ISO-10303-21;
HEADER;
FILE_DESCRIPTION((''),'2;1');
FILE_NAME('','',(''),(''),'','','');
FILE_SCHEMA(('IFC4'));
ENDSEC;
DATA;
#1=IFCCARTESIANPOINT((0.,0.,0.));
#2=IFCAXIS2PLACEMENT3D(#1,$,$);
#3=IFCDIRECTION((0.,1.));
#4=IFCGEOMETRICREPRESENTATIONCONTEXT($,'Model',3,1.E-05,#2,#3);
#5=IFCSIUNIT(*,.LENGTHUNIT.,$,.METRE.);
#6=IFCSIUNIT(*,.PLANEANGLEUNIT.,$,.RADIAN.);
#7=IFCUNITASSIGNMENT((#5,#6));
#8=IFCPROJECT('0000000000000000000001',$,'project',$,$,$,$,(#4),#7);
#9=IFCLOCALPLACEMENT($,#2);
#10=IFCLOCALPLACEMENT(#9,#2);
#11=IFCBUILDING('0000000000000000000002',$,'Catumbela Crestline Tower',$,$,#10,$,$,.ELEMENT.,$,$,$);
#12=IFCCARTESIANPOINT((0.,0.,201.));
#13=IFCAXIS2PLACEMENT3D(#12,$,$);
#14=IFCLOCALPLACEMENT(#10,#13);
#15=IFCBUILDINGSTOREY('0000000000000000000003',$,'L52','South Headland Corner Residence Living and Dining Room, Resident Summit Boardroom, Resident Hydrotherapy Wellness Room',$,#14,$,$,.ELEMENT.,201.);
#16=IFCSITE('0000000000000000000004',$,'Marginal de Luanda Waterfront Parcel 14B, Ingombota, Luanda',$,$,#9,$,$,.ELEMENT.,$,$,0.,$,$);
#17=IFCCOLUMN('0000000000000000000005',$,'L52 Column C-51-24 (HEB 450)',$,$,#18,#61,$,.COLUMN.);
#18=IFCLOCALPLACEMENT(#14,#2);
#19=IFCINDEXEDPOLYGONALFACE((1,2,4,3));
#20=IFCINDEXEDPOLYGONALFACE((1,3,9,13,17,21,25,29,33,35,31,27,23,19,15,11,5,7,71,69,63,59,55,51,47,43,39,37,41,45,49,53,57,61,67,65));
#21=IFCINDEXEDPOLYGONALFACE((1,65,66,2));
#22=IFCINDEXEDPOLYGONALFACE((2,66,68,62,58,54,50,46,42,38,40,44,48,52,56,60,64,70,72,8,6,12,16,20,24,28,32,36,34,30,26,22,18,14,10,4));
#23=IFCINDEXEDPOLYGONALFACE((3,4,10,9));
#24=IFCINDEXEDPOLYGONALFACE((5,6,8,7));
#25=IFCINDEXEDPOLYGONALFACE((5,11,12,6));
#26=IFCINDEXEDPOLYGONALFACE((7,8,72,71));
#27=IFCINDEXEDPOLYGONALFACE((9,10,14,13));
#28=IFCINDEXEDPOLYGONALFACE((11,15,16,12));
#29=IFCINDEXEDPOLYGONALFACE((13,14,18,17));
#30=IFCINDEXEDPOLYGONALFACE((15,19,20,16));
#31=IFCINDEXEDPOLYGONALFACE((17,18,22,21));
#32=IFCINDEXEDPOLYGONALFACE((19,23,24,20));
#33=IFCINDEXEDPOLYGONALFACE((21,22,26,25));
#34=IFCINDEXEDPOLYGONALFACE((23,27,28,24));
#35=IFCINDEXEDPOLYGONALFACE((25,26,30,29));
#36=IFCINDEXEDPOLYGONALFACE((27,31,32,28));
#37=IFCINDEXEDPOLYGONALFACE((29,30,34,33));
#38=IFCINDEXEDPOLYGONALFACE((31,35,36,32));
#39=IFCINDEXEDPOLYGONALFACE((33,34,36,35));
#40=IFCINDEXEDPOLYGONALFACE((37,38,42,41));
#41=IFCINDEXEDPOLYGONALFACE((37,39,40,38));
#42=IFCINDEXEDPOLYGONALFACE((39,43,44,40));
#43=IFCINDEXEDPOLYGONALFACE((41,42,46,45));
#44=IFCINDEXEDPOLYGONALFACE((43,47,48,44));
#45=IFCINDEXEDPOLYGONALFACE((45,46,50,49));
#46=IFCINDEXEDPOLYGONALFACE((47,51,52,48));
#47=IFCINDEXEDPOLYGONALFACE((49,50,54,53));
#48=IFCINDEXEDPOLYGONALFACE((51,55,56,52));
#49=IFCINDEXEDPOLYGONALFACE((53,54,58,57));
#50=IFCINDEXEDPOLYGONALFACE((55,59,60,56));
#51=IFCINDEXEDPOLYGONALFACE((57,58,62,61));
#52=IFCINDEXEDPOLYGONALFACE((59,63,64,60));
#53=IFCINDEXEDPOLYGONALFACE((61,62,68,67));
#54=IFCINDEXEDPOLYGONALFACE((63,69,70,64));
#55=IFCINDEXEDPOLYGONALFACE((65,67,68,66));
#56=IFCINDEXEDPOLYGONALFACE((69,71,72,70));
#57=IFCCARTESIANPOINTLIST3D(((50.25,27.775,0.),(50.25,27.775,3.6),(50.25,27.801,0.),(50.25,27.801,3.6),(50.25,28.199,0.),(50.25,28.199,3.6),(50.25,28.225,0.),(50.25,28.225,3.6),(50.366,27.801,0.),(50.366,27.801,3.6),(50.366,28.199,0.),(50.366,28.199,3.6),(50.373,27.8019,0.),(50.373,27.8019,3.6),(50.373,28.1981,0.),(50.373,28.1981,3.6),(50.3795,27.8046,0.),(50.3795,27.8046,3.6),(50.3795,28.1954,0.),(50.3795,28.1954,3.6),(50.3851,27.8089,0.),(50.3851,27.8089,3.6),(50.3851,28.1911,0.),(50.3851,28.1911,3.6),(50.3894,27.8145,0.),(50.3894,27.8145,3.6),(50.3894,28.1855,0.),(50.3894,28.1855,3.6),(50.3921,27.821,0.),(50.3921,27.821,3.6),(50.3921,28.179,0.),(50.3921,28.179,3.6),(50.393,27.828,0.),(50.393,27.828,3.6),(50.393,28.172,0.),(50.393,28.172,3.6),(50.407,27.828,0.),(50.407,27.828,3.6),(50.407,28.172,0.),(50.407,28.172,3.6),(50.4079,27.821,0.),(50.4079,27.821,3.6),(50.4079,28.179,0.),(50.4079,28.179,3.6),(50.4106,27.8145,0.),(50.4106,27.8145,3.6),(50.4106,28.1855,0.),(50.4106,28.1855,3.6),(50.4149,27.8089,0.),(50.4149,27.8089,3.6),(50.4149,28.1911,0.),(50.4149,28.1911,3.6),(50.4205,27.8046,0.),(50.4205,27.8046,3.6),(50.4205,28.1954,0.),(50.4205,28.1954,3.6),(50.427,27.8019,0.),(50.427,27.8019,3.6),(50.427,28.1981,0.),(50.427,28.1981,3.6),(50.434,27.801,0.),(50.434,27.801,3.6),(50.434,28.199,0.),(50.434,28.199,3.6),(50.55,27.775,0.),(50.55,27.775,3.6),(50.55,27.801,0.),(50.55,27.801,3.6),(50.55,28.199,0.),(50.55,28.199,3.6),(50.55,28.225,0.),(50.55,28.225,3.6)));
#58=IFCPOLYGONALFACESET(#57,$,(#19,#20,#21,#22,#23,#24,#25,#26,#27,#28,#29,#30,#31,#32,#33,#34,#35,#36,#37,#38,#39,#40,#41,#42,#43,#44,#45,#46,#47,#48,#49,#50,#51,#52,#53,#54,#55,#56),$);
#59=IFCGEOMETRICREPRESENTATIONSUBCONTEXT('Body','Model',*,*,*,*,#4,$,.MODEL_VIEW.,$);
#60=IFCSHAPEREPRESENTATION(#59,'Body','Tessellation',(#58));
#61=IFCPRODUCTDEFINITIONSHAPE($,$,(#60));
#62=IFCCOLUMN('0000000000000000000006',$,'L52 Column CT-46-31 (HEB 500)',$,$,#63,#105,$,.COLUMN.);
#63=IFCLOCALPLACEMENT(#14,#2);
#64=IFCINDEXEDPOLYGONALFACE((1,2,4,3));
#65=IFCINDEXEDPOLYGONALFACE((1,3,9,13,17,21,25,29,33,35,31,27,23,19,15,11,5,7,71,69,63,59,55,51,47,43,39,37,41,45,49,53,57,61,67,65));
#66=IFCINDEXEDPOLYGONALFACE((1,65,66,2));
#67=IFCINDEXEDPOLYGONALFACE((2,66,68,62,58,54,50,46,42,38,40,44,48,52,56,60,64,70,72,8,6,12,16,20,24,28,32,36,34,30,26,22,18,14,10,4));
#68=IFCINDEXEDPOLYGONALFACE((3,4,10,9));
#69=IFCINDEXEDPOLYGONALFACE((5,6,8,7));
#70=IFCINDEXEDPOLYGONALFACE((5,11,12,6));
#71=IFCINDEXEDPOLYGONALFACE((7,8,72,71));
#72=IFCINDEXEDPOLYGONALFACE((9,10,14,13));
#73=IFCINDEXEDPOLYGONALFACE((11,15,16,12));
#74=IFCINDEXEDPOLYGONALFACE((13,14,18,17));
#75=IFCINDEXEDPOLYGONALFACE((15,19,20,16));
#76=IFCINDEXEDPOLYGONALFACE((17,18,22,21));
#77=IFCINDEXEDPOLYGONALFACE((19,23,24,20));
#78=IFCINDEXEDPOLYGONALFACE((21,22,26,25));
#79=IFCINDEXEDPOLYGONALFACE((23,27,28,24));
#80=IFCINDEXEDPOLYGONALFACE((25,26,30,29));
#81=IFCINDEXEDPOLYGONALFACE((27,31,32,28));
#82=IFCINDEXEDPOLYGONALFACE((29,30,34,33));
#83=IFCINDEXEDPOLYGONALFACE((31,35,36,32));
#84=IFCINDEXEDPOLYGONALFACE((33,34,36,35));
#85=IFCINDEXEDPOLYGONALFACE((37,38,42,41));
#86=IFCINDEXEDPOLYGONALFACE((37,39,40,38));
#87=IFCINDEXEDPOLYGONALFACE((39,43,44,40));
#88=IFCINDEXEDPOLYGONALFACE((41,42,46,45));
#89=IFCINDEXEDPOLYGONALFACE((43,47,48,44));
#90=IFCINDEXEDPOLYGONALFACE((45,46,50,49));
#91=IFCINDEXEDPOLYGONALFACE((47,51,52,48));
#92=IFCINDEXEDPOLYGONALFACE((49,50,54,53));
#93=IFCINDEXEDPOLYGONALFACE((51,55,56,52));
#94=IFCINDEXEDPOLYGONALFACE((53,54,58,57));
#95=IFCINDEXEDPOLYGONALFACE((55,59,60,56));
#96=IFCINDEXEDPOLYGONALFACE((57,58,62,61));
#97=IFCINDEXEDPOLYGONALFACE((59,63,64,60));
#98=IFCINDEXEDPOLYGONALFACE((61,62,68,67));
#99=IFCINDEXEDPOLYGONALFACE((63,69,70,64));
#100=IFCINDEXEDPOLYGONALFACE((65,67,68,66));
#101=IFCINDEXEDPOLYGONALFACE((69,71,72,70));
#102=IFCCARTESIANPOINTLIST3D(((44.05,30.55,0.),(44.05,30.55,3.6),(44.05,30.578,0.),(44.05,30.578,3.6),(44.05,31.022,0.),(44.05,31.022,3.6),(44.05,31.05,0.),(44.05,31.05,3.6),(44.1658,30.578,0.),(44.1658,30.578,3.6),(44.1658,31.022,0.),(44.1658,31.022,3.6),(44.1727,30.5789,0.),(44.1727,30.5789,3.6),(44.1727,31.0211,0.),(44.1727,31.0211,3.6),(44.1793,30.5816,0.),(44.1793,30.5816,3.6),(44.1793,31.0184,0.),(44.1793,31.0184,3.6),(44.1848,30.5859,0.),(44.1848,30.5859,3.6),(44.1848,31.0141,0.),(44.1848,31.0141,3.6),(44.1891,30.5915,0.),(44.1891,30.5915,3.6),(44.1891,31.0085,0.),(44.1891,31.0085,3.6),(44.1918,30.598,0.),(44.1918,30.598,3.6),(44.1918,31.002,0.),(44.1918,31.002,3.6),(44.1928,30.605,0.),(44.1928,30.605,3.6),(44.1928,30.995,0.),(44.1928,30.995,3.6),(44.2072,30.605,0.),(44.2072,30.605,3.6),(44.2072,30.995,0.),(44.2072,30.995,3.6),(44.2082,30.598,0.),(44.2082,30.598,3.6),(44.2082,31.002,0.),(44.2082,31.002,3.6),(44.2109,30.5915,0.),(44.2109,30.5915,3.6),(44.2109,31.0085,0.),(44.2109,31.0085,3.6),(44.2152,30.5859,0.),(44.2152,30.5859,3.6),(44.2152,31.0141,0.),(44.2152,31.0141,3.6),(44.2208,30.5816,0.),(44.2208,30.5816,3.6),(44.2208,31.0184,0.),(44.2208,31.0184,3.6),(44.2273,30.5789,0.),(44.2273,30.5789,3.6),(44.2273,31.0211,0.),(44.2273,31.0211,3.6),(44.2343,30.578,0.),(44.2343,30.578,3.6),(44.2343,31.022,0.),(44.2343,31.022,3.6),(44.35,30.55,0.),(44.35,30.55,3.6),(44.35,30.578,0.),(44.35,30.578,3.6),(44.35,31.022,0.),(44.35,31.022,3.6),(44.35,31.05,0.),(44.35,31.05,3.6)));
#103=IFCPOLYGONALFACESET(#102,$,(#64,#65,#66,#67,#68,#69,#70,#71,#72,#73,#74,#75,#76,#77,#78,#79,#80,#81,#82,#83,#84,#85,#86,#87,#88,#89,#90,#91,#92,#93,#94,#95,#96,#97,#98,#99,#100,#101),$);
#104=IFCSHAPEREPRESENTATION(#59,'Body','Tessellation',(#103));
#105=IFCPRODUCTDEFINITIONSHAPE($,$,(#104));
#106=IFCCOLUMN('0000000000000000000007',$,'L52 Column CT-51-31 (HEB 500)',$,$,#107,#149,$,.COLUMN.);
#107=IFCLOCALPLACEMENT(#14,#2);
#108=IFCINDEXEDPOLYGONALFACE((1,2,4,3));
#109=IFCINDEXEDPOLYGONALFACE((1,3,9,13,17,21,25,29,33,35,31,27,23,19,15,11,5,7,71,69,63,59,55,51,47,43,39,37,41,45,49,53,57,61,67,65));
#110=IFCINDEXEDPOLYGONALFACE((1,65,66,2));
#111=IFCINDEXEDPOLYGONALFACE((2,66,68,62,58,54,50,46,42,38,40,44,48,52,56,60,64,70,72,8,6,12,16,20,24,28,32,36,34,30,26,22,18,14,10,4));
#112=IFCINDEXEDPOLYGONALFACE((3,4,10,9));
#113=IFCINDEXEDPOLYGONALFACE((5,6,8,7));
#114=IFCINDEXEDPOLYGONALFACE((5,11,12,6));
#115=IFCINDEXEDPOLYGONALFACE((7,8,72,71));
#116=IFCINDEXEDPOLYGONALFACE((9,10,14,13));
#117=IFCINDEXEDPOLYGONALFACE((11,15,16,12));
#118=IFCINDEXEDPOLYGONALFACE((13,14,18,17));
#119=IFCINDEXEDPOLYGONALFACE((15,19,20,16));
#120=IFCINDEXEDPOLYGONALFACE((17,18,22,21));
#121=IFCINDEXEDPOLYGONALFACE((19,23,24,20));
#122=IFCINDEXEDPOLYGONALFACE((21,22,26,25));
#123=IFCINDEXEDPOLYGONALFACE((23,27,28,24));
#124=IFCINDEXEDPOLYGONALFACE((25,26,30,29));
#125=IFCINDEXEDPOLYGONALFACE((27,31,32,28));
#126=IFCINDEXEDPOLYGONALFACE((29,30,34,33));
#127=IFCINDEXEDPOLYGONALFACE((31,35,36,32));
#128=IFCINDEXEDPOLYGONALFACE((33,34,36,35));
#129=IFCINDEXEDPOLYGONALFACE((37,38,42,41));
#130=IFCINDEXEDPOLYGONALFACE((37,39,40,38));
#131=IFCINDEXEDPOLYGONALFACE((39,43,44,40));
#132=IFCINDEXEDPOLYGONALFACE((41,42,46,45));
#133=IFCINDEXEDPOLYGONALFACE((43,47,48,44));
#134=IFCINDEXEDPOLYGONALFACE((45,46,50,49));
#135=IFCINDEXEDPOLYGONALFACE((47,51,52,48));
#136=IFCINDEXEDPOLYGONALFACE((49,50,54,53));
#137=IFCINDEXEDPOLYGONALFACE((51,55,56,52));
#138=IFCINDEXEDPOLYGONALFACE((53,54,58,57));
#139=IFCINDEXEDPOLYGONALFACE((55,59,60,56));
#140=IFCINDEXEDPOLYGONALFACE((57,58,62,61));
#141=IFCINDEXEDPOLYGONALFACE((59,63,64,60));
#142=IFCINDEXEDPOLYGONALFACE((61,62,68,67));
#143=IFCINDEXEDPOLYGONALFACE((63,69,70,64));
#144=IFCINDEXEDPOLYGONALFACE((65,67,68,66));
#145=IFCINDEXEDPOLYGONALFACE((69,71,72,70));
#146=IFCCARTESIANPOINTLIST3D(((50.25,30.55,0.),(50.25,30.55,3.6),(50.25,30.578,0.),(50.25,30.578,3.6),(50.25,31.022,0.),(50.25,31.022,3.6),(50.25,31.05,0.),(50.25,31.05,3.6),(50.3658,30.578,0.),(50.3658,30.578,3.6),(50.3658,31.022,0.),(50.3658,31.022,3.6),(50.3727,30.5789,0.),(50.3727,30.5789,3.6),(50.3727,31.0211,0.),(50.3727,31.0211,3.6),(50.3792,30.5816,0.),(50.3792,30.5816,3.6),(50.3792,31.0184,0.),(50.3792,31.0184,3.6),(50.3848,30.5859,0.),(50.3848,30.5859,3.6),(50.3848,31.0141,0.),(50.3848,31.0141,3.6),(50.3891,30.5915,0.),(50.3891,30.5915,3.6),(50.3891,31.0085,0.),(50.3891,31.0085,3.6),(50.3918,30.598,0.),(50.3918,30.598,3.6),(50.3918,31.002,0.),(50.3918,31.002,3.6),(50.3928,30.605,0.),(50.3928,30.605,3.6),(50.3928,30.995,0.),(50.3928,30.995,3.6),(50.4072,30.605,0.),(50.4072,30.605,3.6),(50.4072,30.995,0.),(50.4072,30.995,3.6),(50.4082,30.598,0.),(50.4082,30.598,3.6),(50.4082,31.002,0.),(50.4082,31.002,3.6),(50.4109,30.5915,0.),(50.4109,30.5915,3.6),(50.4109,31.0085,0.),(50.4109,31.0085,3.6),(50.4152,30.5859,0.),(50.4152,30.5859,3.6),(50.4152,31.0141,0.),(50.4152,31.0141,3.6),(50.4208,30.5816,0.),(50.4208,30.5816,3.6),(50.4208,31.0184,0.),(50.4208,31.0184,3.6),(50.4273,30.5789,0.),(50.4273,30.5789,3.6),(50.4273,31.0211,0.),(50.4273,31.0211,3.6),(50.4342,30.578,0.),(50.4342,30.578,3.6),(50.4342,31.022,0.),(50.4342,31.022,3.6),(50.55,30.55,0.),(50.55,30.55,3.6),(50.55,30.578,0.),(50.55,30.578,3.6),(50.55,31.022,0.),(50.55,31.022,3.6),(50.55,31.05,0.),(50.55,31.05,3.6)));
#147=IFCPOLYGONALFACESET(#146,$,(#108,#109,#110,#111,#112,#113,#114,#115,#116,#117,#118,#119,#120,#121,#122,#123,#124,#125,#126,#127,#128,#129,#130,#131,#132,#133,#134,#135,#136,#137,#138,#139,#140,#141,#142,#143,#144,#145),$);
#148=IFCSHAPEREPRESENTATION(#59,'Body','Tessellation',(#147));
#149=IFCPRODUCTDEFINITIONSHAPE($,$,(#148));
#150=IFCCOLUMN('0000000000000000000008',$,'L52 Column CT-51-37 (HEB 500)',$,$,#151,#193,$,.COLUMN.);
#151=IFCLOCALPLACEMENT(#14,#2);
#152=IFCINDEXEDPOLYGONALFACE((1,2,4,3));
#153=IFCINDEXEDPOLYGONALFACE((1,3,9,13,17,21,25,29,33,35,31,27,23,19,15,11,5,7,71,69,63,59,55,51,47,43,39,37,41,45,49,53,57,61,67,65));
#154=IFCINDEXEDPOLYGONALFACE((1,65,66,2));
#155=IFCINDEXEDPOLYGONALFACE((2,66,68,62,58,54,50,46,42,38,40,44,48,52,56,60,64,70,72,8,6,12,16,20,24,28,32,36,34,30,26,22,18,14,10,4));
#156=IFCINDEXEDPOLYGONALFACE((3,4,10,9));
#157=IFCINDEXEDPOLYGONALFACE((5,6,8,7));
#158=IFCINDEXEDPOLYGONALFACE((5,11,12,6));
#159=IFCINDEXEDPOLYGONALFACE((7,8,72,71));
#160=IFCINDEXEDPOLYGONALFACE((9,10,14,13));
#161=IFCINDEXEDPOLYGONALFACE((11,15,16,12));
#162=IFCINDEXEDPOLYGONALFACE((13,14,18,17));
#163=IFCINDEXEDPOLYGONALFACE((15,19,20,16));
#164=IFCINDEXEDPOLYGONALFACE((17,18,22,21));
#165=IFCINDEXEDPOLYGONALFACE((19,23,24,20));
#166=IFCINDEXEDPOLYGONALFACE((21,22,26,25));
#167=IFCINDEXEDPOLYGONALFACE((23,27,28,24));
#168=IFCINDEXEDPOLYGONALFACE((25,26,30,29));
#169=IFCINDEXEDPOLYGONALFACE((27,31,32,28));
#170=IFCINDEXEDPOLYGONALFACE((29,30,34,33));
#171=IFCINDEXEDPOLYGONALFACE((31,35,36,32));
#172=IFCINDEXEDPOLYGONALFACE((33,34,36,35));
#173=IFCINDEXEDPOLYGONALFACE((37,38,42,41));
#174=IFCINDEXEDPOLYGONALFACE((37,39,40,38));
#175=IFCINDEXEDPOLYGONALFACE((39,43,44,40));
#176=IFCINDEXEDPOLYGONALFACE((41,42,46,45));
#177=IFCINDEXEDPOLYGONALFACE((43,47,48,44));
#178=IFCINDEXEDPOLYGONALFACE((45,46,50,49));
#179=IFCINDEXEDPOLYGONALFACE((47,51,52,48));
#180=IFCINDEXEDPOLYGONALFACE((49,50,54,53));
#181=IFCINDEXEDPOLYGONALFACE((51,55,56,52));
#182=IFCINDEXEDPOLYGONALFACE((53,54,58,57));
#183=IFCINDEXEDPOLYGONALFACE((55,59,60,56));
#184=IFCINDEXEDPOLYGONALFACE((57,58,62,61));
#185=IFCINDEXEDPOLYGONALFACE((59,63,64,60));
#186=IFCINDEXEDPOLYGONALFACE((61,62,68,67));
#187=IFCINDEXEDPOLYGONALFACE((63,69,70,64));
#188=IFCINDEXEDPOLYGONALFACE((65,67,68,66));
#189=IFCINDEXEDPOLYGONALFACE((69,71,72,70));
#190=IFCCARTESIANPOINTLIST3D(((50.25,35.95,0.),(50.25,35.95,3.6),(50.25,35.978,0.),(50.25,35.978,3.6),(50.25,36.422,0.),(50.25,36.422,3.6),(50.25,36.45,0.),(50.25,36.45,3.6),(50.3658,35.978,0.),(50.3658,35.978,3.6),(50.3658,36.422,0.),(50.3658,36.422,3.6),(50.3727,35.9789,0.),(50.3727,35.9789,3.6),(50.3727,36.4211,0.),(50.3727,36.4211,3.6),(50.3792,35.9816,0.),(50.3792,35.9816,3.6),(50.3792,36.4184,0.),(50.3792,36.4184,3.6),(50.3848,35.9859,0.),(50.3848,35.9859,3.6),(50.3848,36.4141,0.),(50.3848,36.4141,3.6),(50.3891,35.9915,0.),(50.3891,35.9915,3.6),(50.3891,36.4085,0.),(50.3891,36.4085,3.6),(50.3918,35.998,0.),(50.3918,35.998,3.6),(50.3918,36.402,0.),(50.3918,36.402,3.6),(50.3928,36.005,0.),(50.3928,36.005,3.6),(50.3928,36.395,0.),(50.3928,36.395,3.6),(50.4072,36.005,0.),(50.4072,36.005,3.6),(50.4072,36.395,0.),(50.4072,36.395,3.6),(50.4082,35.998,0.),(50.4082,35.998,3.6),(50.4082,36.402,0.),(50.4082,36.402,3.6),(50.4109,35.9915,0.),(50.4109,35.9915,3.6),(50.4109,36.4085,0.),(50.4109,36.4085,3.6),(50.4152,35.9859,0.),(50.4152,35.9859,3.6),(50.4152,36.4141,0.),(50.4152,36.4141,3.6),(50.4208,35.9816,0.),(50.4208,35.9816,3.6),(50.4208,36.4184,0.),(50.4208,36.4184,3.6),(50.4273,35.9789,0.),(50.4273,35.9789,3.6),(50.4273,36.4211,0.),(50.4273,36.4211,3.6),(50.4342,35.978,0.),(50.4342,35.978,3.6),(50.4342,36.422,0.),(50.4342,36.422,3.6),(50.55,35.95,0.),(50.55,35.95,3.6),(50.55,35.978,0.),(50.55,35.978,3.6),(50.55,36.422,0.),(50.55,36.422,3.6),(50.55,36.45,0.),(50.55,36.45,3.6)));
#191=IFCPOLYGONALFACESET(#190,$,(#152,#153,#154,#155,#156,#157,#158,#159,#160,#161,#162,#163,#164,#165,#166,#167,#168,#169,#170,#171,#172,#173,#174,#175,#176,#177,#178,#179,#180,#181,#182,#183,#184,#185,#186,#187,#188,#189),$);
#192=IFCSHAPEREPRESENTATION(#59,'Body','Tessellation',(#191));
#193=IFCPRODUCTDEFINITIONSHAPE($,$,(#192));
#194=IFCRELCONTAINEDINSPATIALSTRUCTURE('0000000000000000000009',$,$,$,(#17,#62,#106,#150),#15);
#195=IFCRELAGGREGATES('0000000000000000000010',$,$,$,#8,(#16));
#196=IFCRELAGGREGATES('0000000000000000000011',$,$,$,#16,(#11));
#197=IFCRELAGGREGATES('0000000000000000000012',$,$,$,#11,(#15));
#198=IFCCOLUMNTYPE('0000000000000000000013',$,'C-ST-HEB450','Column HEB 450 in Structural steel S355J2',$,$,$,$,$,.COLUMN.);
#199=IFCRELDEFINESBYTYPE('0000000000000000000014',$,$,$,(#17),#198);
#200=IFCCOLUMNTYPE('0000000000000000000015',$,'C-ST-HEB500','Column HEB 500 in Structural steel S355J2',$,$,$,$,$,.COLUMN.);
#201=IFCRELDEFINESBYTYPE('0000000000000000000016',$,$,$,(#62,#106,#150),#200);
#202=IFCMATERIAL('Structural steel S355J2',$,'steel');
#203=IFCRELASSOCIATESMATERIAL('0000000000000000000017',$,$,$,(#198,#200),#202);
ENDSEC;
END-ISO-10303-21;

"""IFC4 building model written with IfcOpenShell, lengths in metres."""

from ifc_helpers import new_model, si_unit, direction, frame, origin, origin_2d, place, context, subcontext, project, spatial, i_section, extrude, material, material_profile, profile_set, type_object, element, save


model = new_model("IFC4")

# Units and contexts
model_context = context("Model", 3, precision=1e-05, world=origin(), true_north=direction((0.0, 1.0)))
body_context = subcontext(model_context, "Body", "Model", "MODEL_VIEW")
ifc_project = project(units=[si_unit("LENGTHUNIT", "METRE"), si_unit("PLANEANGLEUNIT", "RADIAN")], contexts=[model_context])

# Site, building, storey
site_placement = place(None, origin())
site = spatial("IfcSite", under=ifc_project, at=site_placement, Name="Marginal de Luanda Waterfront Parcel 14B, Ingombota, Luanda", CompositionType="ELEMENT", RefElevation=0.0)
building_placement = place(site_placement, origin())
building = spatial("IfcBuilding", under=site, at=building_placement, Name="Catumbela Crestline Tower", CompositionType="ELEMENT")
storey_placement = place(building_placement, frame((0.0, 0.0, 201.0)))
storey = spatial("IfcBuildingStorey", under=building, at=storey_placement, Name="L52", Description="South Headland Corner Residence Living and Dining Room, Resident Summit Boardroom, Resident Hydrotherapy Wellness Room", CompositionType="ELEMENT", Elevation=201.0)

# Columns
ifc_material_1 = material(Name="Structural steel S355J2", Category="steel")
ifc_material_profile_1 = material_profile(ifc_material_1, i_section(OverallWidth=0.3, OverallDepth=0.45, WebThickness=0.014, FlangeThickness=0.026, FilletRadius=0.027, at=origin_2d()), Name="HEB 450")
ifc_profile_set_1 = profile_set([ifc_material_profile_1], Name="Structural steel S355J2")
column_type_1 = type_object("IfcColumnType", Name="C-ST-HEB450", Description="Column HEB 450 in Structural steel S355J2", PredefinedType="COLUMN", material=ifc_profile_set_1)
column_placement = place(storey_placement, frame((50.4, 28.0, 0.0), z_axis=(0.0, 0.0, 1.0), x_axis=(1.0, 0.0, 0.0)))
element("IfcColumn", 1, at=column_placement, inside=storey, type_object=column_type_1, Name="L52 Column C-51-24 (HEB 450)", PredefinedType="COLUMN", context=body_context, shape_type="SweptSolid", body=[
    extrude(i_section(OverallWidth=0.3, OverallDepth=0.45, WebThickness=0.014, FlangeThickness=0.026, FilletRadius=0.027, at=origin_2d()), origin(), (0.0, 0.0, 1.0), 3.6),
])
ifc_material_profile_2 = material_profile(ifc_material_1, i_section(OverallWidth=0.3, OverallDepth=0.5, WebThickness=0.0145, FlangeThickness=0.028, FilletRadius=0.027, at=origin_2d()), Name="HEB 500")
ifc_profile_set_2 = profile_set([ifc_material_profile_2], Name="Structural steel S355J2")
column_type_2 = type_object("IfcColumnType", Name="C-ST-HEB500", Description="Column HEB 500 in Structural steel S355J2", PredefinedType="COLUMN", material=ifc_profile_set_2)
for number, where, z_axis, x_axis, name in (
    (2, (44.2, 30.8, 0.0), (0.0, 0.0, 1.0), (1.0, 0.0, 0.0), "L52 Column CT-46-31 (HEB 500)"),
    (3, (50.4, 30.8, 0.0), (0.0, 0.0, 1.0), (1.0, 0.0, 0.0), "L52 Column CT-51-31 (HEB 500)"),
    (4, (50.4, 36.2, 0.0), (0.0, 0.0, 1.0), (1.0, 0.0, 0.0), "L52 Column CT-51-37 (HEB 500)"),
):
    element("IfcColumn", number, at=place(storey_placement, frame(where, z_axis=z_axis, x_axis=x_axis)), inside=storey, type_object=column_type_2, Name=name, PredefinedType="COLUMN", context=body_context, shape_type="SweptSolid", body=[
        extrude(i_section(OverallWidth=0.3, OverallDepth=0.5, WebThickness=0.0145, FlangeThickness=0.028, FilletRadius=0.027, at=origin_2d()), origin(), (0.0, 0.0, 1.0), 3.6),
    ])

save(model, "model.ifc")
